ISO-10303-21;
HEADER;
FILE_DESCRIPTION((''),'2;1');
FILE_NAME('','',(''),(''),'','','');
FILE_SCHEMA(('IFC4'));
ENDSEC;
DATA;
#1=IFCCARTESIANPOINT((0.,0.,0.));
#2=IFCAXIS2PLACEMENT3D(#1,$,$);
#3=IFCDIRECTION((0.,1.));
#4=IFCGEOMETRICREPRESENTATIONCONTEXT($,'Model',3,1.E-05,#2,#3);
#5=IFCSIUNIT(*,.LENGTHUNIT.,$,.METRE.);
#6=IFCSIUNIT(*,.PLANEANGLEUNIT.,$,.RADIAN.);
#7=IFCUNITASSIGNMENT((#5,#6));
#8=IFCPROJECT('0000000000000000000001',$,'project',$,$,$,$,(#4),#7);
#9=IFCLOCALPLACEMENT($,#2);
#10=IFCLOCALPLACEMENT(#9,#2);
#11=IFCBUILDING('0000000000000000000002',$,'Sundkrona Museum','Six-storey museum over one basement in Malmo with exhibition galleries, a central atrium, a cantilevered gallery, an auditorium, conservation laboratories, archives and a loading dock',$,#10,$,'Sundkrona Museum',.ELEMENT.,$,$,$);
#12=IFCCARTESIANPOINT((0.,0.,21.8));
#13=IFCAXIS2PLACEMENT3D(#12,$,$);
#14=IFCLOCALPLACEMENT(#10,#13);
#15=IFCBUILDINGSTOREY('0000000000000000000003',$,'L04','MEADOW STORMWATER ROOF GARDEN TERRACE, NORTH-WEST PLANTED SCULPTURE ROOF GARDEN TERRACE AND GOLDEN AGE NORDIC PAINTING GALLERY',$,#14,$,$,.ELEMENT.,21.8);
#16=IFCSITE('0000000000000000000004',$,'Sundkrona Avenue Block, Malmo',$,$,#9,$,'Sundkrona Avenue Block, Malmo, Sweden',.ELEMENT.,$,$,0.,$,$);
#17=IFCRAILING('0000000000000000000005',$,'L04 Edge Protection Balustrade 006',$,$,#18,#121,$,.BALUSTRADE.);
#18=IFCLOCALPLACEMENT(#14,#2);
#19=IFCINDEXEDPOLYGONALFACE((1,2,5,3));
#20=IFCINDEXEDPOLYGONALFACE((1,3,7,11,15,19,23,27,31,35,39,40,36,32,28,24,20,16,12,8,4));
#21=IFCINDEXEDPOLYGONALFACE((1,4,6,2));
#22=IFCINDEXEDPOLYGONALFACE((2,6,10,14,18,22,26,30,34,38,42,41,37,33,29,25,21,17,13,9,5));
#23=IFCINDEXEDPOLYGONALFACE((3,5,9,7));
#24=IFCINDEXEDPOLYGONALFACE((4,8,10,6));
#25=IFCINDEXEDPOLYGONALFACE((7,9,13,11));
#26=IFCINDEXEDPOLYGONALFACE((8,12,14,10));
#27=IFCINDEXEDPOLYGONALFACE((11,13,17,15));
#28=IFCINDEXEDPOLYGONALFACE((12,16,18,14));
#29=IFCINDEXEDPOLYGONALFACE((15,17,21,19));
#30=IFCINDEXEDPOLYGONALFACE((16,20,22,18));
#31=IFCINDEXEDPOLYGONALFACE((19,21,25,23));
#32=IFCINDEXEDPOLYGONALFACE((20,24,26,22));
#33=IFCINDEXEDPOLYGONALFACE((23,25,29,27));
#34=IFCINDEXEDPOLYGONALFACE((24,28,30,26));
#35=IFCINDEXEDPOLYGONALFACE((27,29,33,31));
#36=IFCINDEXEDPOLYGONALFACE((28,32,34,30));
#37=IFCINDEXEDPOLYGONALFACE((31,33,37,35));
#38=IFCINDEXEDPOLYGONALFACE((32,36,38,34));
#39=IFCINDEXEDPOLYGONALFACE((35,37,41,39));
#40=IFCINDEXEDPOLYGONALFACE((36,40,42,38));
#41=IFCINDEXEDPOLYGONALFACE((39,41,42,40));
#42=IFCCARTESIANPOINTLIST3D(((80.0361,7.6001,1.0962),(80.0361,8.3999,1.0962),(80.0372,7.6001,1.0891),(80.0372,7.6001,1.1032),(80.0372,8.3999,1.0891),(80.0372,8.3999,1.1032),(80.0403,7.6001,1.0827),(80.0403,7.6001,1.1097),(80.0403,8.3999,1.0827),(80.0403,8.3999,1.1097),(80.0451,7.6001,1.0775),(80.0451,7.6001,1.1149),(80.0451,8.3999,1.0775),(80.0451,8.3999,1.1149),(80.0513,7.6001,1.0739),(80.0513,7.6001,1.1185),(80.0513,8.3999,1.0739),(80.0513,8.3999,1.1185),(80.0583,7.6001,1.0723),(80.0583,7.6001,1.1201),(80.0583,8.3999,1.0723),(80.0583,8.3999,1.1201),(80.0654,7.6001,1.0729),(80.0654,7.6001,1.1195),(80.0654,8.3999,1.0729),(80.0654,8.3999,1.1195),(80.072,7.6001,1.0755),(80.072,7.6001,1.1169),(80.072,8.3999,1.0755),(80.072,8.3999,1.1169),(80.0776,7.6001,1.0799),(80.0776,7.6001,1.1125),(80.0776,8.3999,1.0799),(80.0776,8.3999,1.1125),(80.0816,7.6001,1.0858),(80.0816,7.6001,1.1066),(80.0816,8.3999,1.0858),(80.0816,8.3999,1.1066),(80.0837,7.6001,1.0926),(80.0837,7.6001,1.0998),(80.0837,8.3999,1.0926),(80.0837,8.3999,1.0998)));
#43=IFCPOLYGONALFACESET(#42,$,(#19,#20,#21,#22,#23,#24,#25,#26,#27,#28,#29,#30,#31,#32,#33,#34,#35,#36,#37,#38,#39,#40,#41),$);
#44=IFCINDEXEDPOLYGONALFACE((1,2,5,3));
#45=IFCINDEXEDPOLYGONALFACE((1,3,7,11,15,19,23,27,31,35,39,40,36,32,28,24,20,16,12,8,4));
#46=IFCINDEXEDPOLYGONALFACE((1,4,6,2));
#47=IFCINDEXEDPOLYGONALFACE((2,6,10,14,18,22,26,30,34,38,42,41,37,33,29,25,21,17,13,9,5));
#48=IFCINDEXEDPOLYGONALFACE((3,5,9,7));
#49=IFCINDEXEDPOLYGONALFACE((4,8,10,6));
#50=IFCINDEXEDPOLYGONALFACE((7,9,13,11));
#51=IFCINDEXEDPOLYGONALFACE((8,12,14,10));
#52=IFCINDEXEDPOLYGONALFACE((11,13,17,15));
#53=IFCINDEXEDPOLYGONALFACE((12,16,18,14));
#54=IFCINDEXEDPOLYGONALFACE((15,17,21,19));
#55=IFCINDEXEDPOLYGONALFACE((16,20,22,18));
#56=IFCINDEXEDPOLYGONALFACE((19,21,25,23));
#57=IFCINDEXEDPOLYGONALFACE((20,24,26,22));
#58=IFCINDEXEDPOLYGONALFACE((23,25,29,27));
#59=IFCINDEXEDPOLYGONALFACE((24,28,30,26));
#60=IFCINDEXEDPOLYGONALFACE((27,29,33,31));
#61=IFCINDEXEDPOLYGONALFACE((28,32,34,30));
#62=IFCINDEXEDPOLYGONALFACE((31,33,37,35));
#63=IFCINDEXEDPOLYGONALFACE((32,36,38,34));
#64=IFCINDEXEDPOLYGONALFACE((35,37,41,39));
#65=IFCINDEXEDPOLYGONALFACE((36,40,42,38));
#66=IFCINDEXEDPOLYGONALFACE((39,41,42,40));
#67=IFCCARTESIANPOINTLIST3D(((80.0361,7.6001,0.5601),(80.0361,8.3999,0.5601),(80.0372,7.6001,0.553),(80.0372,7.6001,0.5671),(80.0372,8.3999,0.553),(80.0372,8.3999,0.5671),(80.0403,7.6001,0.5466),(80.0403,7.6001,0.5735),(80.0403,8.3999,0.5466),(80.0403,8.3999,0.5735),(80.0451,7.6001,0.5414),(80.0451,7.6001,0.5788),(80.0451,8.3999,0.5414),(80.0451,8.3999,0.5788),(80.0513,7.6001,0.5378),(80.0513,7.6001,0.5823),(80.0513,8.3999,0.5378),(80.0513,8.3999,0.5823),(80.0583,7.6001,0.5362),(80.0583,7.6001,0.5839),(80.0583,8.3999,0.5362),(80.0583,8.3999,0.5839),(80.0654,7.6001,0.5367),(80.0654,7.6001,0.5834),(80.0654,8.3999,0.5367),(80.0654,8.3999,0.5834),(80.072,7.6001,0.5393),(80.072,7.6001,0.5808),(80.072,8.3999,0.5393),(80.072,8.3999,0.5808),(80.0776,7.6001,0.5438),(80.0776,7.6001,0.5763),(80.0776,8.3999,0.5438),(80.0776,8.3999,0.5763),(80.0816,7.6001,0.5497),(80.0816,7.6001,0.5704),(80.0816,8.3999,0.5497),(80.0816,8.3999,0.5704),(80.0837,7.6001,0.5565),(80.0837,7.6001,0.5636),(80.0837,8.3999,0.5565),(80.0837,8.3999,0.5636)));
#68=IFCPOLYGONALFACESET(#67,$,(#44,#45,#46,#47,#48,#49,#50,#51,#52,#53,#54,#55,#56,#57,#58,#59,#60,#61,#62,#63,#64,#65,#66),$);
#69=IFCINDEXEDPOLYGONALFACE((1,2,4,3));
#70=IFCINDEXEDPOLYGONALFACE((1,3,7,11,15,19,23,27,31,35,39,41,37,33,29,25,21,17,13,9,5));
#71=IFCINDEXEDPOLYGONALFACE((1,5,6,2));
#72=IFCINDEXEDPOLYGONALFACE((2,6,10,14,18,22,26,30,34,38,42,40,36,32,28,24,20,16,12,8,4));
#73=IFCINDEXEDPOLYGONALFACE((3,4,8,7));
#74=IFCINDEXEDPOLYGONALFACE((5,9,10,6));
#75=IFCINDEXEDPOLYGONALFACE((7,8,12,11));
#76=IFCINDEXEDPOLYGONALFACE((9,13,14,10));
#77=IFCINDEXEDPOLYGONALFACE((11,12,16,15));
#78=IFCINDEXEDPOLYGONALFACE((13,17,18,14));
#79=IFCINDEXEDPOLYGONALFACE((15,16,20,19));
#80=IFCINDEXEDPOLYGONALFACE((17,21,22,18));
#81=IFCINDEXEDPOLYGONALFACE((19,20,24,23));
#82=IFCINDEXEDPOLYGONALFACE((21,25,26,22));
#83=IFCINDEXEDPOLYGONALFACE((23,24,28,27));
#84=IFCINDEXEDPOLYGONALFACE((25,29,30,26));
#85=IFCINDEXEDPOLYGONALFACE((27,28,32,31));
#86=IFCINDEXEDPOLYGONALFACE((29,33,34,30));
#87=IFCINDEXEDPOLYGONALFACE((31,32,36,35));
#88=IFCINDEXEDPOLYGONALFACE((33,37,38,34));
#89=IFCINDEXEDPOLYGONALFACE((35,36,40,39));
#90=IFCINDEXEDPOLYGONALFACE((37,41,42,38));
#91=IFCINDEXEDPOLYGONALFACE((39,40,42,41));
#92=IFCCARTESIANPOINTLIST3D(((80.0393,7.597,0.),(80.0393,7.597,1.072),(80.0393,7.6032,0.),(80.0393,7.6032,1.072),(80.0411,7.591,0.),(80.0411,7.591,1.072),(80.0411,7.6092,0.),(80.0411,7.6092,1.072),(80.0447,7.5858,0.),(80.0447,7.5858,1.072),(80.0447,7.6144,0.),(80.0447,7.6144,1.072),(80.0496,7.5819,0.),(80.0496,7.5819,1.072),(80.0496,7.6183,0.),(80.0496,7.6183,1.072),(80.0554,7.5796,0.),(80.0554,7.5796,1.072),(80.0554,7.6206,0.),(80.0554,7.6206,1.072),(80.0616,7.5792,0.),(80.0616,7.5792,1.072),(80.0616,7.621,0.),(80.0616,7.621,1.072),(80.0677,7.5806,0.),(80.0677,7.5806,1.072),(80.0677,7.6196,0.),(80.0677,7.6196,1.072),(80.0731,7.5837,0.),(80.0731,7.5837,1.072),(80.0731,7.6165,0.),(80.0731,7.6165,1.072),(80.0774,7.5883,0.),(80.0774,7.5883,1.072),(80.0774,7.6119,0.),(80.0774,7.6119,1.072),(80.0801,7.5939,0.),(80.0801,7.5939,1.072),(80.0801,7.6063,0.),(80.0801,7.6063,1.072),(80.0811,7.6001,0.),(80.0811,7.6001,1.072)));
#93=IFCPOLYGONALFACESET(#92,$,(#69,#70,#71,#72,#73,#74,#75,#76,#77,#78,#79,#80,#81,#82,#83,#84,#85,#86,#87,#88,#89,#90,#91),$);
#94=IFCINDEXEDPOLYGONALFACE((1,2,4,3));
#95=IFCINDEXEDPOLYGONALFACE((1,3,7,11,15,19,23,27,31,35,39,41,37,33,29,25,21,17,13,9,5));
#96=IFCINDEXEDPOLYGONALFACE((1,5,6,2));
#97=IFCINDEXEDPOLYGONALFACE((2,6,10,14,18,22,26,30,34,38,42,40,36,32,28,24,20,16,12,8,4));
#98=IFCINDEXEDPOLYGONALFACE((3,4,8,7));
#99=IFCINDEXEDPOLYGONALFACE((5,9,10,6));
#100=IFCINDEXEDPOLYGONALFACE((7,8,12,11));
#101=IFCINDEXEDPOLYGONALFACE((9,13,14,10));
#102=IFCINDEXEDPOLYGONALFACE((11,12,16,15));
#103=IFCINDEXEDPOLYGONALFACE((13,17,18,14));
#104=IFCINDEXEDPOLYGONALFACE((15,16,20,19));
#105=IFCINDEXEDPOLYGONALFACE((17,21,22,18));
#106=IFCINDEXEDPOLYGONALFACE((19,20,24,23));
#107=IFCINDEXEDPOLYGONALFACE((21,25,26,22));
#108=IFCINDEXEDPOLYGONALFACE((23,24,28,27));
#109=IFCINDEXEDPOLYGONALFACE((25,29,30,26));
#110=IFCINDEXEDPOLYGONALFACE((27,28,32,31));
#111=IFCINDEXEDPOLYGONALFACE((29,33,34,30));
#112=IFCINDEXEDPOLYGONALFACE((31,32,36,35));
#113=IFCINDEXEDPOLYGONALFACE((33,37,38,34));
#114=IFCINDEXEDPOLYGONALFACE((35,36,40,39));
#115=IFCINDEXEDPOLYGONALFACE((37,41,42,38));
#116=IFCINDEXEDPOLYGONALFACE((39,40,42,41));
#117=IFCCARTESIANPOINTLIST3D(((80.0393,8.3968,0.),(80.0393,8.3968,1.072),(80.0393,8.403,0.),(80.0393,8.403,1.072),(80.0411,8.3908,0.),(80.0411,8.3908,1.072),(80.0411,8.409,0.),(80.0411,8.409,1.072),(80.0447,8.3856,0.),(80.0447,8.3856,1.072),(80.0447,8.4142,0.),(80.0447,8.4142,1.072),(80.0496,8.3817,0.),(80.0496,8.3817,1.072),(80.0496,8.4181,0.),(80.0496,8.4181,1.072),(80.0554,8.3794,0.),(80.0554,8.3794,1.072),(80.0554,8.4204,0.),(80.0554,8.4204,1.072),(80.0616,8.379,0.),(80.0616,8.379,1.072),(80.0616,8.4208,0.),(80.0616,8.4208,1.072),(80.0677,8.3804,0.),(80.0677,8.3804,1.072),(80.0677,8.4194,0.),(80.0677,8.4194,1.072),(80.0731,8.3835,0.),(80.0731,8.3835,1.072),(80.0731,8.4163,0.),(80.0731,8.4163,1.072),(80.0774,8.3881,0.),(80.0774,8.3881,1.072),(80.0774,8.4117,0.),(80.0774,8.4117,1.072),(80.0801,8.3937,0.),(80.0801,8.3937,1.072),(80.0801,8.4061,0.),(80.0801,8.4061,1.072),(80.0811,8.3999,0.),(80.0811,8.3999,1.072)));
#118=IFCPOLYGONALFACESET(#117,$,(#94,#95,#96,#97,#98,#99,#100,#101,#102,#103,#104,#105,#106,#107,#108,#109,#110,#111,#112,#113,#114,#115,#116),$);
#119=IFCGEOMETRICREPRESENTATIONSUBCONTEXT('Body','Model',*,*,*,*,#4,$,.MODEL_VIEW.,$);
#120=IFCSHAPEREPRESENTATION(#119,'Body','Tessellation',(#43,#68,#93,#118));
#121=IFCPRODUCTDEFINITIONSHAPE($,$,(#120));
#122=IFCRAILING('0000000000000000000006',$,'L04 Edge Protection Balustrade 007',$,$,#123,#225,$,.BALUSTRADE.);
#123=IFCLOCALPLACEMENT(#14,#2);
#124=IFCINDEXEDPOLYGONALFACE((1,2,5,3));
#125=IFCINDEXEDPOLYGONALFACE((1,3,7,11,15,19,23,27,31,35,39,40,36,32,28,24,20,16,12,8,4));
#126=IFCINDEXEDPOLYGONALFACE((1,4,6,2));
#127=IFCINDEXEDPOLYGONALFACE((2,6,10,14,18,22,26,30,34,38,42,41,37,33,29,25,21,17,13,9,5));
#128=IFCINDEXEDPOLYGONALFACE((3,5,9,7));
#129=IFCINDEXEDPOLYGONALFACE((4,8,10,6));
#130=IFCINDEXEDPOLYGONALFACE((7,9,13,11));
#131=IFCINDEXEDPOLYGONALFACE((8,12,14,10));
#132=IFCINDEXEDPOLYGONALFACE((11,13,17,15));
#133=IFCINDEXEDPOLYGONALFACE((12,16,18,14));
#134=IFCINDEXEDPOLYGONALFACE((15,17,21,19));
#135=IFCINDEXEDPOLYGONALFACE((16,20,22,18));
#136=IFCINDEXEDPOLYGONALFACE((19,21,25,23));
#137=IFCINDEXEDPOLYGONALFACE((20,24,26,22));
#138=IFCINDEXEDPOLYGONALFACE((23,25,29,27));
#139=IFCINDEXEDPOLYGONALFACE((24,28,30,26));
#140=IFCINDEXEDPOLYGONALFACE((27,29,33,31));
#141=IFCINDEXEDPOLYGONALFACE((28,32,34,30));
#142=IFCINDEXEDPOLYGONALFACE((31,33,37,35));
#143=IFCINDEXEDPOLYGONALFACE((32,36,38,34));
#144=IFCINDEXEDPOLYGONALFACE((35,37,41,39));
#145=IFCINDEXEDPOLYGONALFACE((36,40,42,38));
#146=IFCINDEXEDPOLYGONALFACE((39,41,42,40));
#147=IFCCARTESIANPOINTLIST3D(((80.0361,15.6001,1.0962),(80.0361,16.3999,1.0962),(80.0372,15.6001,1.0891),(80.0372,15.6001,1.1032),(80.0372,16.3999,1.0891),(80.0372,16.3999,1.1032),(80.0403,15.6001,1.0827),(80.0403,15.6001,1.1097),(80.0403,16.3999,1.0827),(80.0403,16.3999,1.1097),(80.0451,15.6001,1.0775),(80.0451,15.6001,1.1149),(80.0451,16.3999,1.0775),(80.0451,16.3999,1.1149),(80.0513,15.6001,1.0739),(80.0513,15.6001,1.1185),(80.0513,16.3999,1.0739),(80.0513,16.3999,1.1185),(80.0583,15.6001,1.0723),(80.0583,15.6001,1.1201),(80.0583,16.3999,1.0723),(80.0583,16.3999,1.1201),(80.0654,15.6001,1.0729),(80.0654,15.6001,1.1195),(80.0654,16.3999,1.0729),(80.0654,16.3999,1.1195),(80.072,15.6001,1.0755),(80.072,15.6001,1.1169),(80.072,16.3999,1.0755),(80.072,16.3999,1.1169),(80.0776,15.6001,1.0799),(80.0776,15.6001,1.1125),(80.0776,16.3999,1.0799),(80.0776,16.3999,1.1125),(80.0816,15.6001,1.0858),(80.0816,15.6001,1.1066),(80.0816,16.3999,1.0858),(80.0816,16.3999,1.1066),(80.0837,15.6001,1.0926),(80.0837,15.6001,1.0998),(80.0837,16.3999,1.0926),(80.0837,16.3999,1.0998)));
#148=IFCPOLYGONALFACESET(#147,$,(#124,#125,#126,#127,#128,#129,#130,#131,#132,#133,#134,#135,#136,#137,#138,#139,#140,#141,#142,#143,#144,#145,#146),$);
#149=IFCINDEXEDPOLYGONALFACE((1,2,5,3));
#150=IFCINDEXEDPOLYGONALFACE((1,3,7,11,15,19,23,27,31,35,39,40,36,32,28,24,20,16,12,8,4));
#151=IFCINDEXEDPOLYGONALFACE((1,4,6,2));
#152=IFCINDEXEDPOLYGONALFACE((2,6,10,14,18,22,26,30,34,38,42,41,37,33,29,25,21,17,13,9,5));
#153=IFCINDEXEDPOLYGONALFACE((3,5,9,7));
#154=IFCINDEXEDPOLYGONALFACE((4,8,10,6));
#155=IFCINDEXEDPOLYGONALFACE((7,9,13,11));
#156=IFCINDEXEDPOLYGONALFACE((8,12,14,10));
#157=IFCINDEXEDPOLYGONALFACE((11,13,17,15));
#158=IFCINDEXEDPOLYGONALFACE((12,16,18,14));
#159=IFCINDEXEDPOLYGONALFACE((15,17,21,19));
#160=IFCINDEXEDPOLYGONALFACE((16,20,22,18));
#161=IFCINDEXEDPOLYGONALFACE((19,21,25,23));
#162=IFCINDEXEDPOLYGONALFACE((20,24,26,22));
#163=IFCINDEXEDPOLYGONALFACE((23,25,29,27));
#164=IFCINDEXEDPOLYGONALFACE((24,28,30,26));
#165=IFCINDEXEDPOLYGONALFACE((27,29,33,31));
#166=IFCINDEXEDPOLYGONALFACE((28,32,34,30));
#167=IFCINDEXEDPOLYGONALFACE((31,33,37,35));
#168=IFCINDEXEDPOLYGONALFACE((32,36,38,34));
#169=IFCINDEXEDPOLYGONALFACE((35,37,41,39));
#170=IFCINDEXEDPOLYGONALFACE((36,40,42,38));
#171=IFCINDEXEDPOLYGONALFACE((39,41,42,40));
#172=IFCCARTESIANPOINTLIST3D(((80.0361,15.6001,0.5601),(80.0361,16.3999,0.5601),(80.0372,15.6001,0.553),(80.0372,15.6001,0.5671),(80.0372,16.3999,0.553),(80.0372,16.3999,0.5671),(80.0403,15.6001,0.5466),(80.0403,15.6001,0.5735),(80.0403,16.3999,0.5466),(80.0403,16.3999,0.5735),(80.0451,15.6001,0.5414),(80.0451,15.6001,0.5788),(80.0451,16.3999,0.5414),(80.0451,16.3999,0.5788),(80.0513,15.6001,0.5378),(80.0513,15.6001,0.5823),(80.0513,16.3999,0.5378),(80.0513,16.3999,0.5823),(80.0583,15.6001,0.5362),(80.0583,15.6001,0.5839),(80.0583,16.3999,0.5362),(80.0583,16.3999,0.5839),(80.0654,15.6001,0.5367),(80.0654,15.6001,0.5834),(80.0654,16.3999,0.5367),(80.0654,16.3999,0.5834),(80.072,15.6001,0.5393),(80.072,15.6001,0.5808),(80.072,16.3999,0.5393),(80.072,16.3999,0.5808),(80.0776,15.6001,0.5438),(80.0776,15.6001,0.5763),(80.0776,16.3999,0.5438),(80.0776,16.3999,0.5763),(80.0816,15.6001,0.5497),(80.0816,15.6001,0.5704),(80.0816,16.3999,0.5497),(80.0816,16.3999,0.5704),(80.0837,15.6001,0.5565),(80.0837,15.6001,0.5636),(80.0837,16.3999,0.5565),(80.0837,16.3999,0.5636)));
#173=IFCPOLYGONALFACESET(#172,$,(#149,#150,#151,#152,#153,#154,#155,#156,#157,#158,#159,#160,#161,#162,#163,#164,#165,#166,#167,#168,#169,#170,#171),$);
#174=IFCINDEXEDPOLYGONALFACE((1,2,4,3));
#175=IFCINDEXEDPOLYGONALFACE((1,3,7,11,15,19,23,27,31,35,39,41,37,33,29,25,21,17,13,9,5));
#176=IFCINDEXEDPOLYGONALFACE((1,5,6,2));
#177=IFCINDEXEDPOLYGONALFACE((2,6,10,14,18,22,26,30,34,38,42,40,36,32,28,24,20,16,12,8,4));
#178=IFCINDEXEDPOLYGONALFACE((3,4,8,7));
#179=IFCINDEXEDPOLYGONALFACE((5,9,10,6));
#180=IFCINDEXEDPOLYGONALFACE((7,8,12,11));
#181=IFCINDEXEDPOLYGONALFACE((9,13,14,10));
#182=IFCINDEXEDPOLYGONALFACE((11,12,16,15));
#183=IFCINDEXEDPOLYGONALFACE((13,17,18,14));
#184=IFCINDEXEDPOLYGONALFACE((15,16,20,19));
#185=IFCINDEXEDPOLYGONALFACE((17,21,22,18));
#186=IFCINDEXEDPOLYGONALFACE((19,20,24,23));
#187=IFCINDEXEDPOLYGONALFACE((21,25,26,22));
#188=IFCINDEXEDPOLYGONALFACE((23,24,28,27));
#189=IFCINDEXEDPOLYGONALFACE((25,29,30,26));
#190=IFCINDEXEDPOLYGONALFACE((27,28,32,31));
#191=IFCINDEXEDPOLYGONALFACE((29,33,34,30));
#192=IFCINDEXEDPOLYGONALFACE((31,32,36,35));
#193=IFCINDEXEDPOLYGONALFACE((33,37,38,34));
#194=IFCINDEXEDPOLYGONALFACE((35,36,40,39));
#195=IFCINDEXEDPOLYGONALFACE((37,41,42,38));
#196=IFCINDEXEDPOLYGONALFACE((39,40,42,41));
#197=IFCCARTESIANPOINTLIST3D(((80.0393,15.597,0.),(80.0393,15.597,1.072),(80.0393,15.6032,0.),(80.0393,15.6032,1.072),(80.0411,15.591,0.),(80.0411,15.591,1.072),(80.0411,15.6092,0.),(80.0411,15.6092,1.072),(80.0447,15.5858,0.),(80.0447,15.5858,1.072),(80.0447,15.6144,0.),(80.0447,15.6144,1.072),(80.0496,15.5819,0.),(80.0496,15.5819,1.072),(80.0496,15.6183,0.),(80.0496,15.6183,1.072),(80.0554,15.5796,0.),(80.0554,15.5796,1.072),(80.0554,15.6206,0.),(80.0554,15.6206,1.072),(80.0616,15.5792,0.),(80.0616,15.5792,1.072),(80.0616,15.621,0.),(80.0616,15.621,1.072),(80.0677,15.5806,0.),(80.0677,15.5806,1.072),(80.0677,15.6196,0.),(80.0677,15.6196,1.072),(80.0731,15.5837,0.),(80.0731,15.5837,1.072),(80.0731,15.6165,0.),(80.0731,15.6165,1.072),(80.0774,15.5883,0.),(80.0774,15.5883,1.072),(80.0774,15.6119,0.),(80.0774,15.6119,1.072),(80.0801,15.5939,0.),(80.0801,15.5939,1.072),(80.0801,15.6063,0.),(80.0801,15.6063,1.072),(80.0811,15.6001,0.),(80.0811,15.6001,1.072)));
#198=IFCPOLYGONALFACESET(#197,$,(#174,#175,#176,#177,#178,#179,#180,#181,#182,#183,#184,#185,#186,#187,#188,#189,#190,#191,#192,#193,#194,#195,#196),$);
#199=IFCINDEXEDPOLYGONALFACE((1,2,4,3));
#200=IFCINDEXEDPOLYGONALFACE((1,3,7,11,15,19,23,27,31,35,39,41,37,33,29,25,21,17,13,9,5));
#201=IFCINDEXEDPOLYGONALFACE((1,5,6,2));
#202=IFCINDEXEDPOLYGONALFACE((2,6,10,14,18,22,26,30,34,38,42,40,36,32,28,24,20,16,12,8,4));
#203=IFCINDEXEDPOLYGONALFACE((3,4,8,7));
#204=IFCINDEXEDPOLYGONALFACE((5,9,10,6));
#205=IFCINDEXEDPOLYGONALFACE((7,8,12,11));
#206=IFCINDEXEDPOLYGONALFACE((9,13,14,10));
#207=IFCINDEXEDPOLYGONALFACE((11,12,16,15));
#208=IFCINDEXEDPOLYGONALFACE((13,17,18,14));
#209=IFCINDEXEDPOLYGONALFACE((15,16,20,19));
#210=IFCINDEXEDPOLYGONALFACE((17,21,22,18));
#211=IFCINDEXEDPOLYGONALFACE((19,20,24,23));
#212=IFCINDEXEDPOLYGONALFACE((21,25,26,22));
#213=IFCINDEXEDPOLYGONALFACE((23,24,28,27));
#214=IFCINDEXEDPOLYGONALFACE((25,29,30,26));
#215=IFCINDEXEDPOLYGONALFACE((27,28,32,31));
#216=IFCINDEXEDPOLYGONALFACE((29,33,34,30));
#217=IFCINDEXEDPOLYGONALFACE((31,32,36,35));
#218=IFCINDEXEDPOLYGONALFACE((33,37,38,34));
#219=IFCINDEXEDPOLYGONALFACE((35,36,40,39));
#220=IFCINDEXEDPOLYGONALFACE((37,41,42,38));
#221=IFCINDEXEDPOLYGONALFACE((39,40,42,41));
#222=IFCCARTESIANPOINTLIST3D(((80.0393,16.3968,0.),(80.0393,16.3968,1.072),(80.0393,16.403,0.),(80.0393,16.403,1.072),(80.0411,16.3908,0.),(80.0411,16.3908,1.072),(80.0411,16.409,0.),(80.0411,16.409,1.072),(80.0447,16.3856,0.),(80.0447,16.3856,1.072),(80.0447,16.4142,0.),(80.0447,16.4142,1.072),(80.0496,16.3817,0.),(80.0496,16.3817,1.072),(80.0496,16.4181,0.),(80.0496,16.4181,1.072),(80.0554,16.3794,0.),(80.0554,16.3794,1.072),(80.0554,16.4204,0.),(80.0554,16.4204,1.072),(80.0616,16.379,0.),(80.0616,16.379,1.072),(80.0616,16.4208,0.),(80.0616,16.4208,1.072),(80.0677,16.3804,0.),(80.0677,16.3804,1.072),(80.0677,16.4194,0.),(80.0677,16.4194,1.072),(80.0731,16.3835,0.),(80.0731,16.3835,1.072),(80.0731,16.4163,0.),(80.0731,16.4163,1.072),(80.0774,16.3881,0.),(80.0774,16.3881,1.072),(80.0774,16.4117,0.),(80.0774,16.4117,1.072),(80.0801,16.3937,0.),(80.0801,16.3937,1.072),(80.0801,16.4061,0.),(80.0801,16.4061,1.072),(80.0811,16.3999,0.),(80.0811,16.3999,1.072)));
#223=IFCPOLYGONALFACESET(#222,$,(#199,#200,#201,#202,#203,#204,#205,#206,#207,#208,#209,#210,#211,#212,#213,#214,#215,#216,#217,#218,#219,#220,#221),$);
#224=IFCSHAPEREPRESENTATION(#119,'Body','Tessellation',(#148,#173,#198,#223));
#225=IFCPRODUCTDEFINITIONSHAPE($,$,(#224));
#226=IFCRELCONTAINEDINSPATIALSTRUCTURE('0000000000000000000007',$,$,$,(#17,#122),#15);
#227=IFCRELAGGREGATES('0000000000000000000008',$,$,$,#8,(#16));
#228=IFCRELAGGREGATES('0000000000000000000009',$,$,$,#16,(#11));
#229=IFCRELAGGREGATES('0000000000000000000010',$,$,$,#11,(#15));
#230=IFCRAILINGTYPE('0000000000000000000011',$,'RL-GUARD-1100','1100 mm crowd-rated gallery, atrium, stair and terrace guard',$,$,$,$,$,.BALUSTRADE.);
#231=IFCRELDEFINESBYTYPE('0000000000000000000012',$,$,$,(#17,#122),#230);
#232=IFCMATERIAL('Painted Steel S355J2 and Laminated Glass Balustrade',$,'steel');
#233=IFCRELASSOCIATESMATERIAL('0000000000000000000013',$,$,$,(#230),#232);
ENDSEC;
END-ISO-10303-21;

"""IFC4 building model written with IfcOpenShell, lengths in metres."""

from ifc_helpers import new_model, si_unit, direction, frame, origin, origin_2d, place, context, subcontext, project, spatial, circle, extrude, material, type_object, element, save


model = new_model("IFC4")

# Units and contexts
model_context = context("Model", 3, precision=1e-05, world=origin(), true_north=direction((0.0, 1.0)))
body_context = subcontext(model_context, "Body", "Model", "MODEL_VIEW")
ifc_project = project(units=[si_unit("LENGTHUNIT", "METRE"), si_unit("PLANEANGLEUNIT", "RADIAN")], contexts=[model_context])

# Site, building, storey
site_placement = place(None, origin())
site = spatial("IfcSite", under=ifc_project, at=site_placement, Name="Sundkrona Avenue Block, Malmo", LongName="Sundkrona Avenue Block, Malmo, Sweden", CompositionType="ELEMENT", RefElevation=0.0)
building_placement = place(site_placement, origin())
building = spatial("IfcBuilding", under=site, at=building_placement, Name="Sundkrona Museum", Description="Six-storey museum over one basement in Malmo with exhibition galleries, a central atrium, a cantilevered gallery, an auditorium, conservation laboratories, archives and a loading dock", LongName="Sundkrona Museum", CompositionType="ELEMENT")
storey_placement = place(building_placement, frame((0.0, 0.0, 21.8)))
storey = spatial("IfcBuildingStorey", under=building, at=storey_placement, Name="L04", Description="MEADOW STORMWATER ROOF GARDEN TERRACE, NORTH-WEST PLANTED SCULPTURE ROOF GARDEN TERRACE AND GOLDEN AGE NORDIC PAINTING GALLERY", CompositionType="ELEMENT", Elevation=21.8)

# Railings
ifc_material_1 = material(Name="Painted Steel S355J2 and Laminated Glass Balustrade", Category="steel")
railing_type = type_object("IfcRailingType", Name="RL-GUARD-1100", Description="1100 mm crowd-rated gallery, atrium, stair and terrace guard", PredefinedType="BALUSTRADE", material=ifc_material_1)
for number, where, name in (
    (1, (80.0601, 7.6001, 0.0), "L04 Edge Protection Balustrade 006"),
    (2, (80.0601, 15.6001, 0.0), "L04 Edge Protection Balustrade 007"),
):
    element("IfcRailing", number, at=place(storey_placement, frame(where)), inside=storey, type_object=railing_type, Name=name, PredefinedType="BALUSTRADE", context=body_context, shape_type="SweptSolid", body=[
        extrude(circle(Radius=0.0239, at=origin_2d()), frame((0.0, 0.0, 1.0962), z_axis=(0.0, 1.0, 0.0), x_axis=(-1.0, 0.0, 0.0)), (0.0, 0.0, 1.0), 0.7998),
        extrude(circle(Radius=0.0239, at=origin_2d()), frame((0.0, 0.0, 0.5601), z_axis=(0.0, 1.0, 0.0), x_axis=(-1.0, 0.0, 0.0)), (0.0, 0.0, 1.0), 0.7998),
        extrude(circle(Radius=0.021, at=origin_2d()), origin(), (0.0, 0.0, 1.0), 1.072),
        extrude(circle(Radius=0.021, at=origin_2d()), frame((0.0, 0.7998, 0.0)), (0.0, 0.0, 1.0), 1.072),
    ])

save(model, "model.ifc")
